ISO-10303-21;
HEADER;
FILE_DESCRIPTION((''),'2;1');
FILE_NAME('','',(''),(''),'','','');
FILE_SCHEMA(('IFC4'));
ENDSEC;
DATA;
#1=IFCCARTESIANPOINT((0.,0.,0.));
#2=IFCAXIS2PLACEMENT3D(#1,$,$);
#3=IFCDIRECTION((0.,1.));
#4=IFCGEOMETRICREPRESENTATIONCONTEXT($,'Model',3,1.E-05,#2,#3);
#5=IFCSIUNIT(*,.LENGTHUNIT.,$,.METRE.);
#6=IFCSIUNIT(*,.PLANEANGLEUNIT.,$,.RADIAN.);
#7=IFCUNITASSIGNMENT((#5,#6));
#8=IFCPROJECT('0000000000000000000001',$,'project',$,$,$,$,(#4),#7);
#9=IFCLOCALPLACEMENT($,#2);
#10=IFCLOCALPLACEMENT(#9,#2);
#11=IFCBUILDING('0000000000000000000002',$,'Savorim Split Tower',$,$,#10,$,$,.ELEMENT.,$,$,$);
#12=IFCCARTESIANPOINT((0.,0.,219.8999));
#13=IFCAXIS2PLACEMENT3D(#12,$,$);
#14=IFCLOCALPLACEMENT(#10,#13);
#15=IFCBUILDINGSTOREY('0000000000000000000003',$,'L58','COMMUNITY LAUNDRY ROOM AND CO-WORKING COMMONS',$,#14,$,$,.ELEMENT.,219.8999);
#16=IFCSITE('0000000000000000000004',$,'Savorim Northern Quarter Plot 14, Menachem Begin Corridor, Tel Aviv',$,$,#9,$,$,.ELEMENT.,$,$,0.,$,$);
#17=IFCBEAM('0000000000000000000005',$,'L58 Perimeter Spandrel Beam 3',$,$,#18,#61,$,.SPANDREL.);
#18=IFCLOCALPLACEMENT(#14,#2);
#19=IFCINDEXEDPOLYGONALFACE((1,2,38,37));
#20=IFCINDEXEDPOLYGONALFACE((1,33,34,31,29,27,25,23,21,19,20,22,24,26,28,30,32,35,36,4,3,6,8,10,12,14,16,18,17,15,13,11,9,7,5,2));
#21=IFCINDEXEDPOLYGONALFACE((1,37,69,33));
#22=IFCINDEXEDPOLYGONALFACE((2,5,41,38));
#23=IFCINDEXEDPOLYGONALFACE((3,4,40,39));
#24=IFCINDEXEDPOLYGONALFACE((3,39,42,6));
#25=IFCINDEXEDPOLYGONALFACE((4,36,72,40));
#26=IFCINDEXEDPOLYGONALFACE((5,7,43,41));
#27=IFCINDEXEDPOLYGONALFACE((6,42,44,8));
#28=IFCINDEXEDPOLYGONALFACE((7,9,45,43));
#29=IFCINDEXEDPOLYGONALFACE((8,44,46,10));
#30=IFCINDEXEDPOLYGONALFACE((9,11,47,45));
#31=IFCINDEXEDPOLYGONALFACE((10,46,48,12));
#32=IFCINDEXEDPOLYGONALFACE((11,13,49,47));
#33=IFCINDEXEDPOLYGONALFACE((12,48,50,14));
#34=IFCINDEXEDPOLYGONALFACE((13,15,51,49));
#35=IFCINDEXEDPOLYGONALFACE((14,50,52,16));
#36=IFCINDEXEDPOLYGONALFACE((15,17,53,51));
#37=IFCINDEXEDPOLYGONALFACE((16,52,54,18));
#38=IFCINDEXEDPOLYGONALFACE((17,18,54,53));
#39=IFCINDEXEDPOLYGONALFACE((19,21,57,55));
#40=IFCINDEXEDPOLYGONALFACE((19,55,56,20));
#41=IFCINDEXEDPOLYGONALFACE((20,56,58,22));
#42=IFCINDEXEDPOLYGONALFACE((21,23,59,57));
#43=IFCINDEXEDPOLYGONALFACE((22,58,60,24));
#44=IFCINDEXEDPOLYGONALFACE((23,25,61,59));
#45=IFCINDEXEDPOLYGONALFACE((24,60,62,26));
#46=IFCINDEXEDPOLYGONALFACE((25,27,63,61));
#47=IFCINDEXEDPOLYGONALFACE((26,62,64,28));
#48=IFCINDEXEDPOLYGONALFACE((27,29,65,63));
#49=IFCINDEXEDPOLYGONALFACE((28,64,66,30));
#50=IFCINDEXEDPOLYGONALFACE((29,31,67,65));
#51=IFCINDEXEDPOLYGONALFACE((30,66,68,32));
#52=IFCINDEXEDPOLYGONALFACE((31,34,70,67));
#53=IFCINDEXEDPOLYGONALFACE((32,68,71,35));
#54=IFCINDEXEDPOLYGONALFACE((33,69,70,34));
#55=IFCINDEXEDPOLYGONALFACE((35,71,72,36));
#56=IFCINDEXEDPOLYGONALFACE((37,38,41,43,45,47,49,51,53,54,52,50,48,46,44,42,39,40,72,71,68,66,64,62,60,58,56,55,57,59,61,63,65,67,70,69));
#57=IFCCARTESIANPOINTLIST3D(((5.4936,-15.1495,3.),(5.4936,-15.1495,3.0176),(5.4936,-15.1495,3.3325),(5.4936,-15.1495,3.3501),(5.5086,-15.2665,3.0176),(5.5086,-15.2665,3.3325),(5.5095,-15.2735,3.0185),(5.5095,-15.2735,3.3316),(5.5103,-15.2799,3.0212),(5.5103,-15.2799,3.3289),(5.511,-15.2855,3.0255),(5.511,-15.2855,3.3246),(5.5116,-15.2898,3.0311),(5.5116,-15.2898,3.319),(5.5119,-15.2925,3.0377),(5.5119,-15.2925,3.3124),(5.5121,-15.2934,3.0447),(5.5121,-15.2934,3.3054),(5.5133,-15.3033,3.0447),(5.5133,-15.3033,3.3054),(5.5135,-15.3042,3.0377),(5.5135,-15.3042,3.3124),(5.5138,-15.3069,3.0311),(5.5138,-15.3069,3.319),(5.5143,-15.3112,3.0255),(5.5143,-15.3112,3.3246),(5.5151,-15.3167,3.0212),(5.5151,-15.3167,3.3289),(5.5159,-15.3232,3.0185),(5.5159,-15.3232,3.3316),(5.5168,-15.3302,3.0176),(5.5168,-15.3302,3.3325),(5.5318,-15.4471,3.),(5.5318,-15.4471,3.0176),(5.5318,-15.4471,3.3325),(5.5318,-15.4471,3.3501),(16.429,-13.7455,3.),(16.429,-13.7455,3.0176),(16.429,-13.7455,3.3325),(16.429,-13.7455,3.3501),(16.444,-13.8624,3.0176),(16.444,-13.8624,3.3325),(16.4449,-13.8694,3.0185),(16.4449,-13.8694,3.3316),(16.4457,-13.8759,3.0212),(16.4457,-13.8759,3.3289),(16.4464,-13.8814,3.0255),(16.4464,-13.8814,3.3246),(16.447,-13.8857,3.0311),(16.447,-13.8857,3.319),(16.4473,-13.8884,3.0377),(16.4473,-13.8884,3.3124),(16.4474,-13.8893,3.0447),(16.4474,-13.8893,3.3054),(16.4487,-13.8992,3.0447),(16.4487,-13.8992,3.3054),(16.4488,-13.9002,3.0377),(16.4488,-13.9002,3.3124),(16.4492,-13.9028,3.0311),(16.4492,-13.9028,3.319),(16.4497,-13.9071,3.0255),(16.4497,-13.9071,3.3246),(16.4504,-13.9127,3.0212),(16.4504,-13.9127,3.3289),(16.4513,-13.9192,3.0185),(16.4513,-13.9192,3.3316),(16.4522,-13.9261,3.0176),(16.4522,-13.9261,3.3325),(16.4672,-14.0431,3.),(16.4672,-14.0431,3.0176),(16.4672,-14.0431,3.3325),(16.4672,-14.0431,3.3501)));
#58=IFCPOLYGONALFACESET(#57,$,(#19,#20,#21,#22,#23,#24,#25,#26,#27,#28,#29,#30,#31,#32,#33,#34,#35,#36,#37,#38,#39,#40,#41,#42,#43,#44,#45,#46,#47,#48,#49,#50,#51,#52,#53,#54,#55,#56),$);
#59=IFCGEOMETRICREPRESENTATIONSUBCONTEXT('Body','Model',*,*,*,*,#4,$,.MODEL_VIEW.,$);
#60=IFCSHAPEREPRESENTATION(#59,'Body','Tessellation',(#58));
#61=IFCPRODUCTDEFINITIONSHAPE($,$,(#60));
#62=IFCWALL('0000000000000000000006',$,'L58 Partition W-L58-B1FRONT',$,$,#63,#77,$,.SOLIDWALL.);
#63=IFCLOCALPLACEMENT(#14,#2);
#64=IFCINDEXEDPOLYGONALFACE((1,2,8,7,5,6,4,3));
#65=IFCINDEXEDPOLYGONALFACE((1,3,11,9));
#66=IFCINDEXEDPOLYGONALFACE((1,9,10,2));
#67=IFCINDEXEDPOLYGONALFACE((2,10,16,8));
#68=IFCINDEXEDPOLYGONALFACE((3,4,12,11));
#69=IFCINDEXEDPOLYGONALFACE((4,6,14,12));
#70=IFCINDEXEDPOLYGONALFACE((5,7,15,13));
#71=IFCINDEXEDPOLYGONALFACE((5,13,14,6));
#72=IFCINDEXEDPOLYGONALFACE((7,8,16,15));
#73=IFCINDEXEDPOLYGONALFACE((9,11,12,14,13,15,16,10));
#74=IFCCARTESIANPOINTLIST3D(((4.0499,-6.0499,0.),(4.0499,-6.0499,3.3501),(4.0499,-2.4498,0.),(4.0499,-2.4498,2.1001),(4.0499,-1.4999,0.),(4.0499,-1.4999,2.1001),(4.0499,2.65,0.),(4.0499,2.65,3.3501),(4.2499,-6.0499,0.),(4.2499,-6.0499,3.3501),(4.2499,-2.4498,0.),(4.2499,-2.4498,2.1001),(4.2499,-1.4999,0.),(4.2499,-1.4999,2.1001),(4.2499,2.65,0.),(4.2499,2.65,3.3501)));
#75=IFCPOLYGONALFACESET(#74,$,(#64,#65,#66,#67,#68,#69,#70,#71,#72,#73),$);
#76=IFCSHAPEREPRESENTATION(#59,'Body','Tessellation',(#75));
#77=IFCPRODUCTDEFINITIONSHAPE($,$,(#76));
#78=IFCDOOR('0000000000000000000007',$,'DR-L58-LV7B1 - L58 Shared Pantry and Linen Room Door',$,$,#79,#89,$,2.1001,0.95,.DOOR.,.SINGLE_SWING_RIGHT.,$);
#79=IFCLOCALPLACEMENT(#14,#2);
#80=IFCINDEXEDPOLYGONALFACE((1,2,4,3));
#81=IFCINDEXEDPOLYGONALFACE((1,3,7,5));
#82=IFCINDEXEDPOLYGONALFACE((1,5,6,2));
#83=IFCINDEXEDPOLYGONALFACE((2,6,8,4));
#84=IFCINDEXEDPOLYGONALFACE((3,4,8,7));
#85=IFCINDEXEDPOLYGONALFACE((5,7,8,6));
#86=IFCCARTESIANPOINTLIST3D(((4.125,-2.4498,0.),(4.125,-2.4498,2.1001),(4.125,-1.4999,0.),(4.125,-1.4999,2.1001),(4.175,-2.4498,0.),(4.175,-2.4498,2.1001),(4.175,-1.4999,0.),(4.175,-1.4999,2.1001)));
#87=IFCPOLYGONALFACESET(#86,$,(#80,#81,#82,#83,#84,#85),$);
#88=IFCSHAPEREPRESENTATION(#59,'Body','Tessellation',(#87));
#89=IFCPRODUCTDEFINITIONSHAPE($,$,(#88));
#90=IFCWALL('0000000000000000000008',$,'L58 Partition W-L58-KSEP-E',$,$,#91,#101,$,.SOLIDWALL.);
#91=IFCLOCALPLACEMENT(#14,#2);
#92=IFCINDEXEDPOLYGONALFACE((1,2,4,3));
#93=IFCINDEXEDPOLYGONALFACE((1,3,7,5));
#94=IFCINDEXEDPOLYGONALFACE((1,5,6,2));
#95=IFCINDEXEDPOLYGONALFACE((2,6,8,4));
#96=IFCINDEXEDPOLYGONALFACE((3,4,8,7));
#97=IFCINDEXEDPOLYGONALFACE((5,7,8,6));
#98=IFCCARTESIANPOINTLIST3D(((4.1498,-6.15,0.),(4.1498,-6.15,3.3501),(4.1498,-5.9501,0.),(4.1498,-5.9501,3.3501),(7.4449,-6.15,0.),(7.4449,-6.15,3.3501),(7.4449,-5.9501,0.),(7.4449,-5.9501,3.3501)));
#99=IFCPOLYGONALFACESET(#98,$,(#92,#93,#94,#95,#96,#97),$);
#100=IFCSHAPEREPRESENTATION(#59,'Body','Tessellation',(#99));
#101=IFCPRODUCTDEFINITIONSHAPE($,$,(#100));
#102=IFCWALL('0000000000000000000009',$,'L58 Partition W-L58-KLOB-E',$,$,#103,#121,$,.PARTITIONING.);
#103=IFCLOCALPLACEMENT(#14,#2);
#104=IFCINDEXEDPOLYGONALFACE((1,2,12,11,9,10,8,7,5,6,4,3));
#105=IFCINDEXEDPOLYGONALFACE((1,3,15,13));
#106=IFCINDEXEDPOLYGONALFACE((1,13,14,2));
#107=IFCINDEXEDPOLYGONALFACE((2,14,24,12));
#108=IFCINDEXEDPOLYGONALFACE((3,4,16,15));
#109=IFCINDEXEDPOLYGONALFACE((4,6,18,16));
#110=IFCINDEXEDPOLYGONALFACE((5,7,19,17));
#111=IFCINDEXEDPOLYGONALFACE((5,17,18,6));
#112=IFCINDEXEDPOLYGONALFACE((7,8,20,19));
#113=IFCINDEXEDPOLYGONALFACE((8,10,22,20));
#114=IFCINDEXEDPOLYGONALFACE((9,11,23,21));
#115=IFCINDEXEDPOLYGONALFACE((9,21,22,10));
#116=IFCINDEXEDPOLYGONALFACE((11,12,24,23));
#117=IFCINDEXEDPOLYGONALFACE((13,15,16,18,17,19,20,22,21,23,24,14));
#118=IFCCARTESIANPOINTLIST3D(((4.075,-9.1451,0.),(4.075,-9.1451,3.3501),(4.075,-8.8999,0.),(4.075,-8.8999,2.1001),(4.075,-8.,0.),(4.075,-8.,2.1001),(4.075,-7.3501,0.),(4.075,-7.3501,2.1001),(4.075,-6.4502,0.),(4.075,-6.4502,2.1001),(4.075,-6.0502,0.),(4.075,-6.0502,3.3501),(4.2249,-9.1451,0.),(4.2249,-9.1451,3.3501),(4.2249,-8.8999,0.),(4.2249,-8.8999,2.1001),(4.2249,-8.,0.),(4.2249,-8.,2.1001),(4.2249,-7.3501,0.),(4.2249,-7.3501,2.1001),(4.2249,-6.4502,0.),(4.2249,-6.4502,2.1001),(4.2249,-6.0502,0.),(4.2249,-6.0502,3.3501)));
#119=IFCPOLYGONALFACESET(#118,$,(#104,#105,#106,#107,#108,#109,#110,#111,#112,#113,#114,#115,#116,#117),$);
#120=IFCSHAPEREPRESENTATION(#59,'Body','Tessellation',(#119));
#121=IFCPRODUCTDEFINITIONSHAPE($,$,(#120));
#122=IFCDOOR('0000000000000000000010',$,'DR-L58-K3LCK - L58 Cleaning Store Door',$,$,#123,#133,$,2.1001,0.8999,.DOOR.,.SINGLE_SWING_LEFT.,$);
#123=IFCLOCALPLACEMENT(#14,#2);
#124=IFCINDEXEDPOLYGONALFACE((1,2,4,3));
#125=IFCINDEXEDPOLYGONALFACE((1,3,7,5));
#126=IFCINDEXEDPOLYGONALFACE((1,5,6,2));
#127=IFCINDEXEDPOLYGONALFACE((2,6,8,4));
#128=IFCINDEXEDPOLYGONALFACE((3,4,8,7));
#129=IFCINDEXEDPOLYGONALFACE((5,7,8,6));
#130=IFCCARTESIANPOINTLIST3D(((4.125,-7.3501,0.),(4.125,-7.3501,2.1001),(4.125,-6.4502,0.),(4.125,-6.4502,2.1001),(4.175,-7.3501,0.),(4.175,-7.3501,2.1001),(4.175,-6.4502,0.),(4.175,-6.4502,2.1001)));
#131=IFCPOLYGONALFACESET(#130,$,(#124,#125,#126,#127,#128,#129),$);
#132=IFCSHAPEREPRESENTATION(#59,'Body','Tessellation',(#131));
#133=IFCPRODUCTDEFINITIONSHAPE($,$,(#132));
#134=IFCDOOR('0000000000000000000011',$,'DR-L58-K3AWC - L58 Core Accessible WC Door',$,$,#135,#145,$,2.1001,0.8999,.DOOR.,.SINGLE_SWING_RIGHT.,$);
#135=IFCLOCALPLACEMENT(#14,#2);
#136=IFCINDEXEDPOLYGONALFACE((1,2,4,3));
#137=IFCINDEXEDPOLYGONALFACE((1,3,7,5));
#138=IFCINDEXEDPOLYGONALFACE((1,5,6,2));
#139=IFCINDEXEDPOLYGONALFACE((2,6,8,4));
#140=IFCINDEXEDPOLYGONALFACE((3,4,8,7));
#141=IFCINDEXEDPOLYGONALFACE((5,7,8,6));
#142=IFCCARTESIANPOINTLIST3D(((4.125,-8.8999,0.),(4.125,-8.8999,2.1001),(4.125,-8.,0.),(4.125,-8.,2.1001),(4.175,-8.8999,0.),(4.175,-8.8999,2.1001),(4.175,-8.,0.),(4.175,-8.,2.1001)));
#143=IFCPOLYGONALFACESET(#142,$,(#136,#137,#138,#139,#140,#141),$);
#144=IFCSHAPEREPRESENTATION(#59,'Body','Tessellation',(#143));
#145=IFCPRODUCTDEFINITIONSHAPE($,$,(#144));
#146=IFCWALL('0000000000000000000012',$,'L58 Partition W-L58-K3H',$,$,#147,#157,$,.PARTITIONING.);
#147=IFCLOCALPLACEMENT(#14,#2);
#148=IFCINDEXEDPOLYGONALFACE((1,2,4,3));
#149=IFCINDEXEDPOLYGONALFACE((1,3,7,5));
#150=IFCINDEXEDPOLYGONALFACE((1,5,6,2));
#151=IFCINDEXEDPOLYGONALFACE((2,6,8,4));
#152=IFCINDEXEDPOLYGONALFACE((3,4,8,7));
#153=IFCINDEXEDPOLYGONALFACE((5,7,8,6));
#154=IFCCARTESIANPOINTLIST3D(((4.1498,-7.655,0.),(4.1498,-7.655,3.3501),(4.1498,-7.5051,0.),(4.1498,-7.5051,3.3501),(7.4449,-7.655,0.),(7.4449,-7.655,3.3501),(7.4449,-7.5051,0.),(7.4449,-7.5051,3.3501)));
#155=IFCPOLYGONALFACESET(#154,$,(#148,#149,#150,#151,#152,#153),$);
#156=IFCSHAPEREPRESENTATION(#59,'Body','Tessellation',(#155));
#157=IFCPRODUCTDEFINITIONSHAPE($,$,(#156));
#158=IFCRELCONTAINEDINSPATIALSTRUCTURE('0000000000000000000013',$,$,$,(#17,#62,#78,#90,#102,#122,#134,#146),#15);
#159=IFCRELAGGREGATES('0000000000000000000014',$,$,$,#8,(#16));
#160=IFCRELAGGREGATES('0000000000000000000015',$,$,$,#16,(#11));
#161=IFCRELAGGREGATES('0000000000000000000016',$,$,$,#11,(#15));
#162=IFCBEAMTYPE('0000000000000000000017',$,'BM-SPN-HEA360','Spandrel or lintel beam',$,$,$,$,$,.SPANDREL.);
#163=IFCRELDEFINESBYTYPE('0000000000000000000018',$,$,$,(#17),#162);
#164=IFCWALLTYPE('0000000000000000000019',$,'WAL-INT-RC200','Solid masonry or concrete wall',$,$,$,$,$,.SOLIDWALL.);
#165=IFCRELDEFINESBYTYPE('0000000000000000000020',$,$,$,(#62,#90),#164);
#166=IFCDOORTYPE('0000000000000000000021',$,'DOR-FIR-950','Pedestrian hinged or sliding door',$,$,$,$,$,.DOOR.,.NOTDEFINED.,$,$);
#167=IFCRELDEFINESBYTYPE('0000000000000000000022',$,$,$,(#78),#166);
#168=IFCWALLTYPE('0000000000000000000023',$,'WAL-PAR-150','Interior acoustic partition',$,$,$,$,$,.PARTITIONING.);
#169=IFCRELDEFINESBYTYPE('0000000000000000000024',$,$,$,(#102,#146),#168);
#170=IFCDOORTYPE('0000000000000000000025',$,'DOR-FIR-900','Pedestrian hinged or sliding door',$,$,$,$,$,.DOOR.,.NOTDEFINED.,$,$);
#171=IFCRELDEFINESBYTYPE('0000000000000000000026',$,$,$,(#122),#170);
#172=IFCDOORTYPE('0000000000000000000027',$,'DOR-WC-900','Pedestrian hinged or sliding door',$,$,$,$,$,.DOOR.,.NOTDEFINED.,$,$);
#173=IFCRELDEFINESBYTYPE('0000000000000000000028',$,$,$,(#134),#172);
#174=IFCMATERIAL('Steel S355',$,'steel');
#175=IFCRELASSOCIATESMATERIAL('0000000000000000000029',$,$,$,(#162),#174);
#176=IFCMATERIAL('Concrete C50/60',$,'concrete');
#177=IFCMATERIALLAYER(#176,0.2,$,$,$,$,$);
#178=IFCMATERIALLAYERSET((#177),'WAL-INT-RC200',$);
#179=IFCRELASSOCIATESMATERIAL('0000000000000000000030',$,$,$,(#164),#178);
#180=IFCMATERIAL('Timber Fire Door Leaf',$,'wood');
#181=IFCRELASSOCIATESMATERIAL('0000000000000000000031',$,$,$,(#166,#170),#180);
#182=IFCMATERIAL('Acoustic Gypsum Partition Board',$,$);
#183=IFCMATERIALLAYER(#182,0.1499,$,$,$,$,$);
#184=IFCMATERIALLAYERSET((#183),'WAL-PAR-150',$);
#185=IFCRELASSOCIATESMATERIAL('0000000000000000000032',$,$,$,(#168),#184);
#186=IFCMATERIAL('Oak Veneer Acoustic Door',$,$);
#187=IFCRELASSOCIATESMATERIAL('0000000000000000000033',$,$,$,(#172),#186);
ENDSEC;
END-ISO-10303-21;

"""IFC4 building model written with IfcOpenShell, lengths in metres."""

from ifc_helpers import new_model, si_unit, direction, frame, frame_2d, origin, origin_2d, place, context, subcontext, project, spatial, rectangle, i_section, extrude, material, layer, layer_set, material_profile, profile_set, type_object, element, fill, save


model = new_model("IFC4")

# Units and contexts
model_context = context("Model", 3, precision=1e-05, world=origin(), true_north=direction((0.0, 1.0)))
body_context = subcontext(model_context, "Body", "Model", "MODEL_VIEW")
ifc_project = project(units=[si_unit("LENGTHUNIT", "METRE"), si_unit("PLANEANGLEUNIT", "RADIAN")], contexts=[model_context])

# Site, building, storey
site_placement = place(None, origin())
site = spatial("IfcSite", under=ifc_project, at=site_placement, Name="Savorim Northern Quarter Plot 14, Menachem Begin Corridor, Tel Aviv", CompositionType="ELEMENT", RefElevation=0.0)
building_placement = place(site_placement, origin())
building = spatial("IfcBuilding", under=site, at=building_placement, Name="Savorim Split Tower", CompositionType="ELEMENT")
storey_placement = place(building_placement, frame((0.0, 0.0, 219.8999)))
storey = spatial("IfcBuildingStorey", under=building, at=storey_placement, Name="L58", Description="COMMUNITY LAUNDRY ROOM AND CO-WORKING COMMONS", CompositionType="ELEMENT", Elevation=219.8999)

# Shared definitions
ifc_material_1 = material(Name="Steel S355", Category="steel")

# Beam
ifc_material_profile_1 = material_profile(ifc_material_1, i_section(OverallWidth=0.3, OverallDepth=0.3501, WebThickness=0.01, FlangeThickness=0.0176, FilletRadius=0.0271, at=origin_2d()), Name="HEA 360")
ifc_profile_set_1 = profile_set([ifc_material_profile_1], Name="Steel S355")
beam_type_1 = type_object("IfcBeamType", Name="BM-SPN-HEA360", Description="Spandrel or lintel beam", PredefinedType="SPANDREL", material=ifc_profile_set_1)
beam_1_placement = place(storey_placement, frame((5.5127, -15.2983, 3.175), z_axis=(0.991858, 0.127351, 0.0), x_axis=(-0.127351, 0.991858, 0.0)))
element("IfcBeam", 1, at=beam_1_placement, inside=storey, type_object=beam_type_1, Name="L58 Perimeter Spandrel Beam 3", PredefinedType="SPANDREL", context=body_context, shape_type="SweptSolid", body=[
    extrude(i_section(OverallWidth=0.3, OverallDepth=0.3501, WebThickness=0.01, FlangeThickness=0.0176, FilletRadius=0.0271, at=origin_2d()), origin(), (0.0, 0.0, 1.0), 11.0251),
])

# Wall, opening, door
ifc_material_2 = material(Name="Concrete C50/60", Category="concrete")
ifc_layer_1 = layer(ifc_material_2, 0.2)
ifc_layer_set_1 = layer_set([ifc_layer_1], Name="WAL-INT-RC200")
wall_type_1 = type_object("IfcWallType", Name="WAL-INT-RC200", Description="Solid masonry or concrete wall", PredefinedType="SOLIDWALL", material=ifc_layer_set_1)
wall_1_placement = place(storey_placement, frame((4.1499, -6.05, 0.0), z_axis=(0.0, 0.0, 1.0), x_axis=(0.0, 1.0, 0.0)))
wall_1 = element("IfcWall", 2, at=wall_1_placement, inside=storey, type_object=wall_type_1, Name="L58 Partition W-L58-B1FRONT", PredefinedType="SOLIDWALL", context=body_context, shape_type="SweptSolid", body=[
    extrude(rectangle(XDim=8.7, YDim=0.2, at=frame_2d((4.3501, 0.0))), origin(), (0.0, 0.0, 1.0), 3.3501),
])
opening_1_placement = place(wall_1_placement, frame((3.6001, 0.0, 0.0)))
opening_1 = element("IfcOpeningElement", 3, at=opening_1_placement, cuts=wall_1, PredefinedType="OPENING", context=body_context, shape_type="SweptSolid", body=[
    extrude(rectangle(XDim=0.95, YDim=2.1001, at=frame_2d((0.4751, 1.05))), frame((0.0, 0.1099, 0.0), z_axis=(0.0, -1.0, 0.0), x_axis=(1.0, 0.0, 0.0)), (0.0, 0.0, 1.0), 0.22),
])
ifc_material_3 = material(Name="Timber Fire Door Leaf", Category="wood")
door_type_1 = type_object("IfcDoorType", Name="DOR-FIR-950", Description="Pedestrian hinged or sliding door", OperationType="NOTDEFINED", PredefinedType="DOOR", material=ifc_material_3)
door_1_placement = place(opening_1_placement, origin())
door_1 = element("IfcDoor", 4, at=door_1_placement, inside=storey, type_object=door_type_1, Name="DR-L58-LV7B1 - L58 Shared Pantry and Linen Room Door", OperationType="SINGLE_SWING_RIGHT", OverallHeight=2.1001, OverallWidth=0.95, PredefinedType="DOOR", context=body_context, shape_type="SweptSolid", body=[
    extrude(rectangle(XDim=0.95, YDim=2.1001, at=frame_2d((0.4751, 1.05))), frame((0.0, 0.0249, 0.0), z_axis=(0.0, -1.0, 0.0), x_axis=(1.0, 0.0, 0.0)), (0.0, 0.0, 1.0), 0.05),
])
fill(opening_1, door_1)

# Wall
wall_2_placement = place(storey_placement, frame((4.1499, -6.05, 0.0), z_axis=(0.0, 0.0, 1.0), x_axis=(1.0, 0.0, 0.0)))
element("IfcWall", 5, at=wall_2_placement, inside=storey, type_object=wall_type_1, Name="L58 Partition W-L58-KSEP-E", PredefinedType="SOLIDWALL", context=body_context, shape_type="SweptSolid", body=[
    extrude(rectangle(XDim=3.2952, YDim=0.2, at=frame_2d((1.6475, 0.0))), origin(), (0.0, 0.0, 1.0), 3.3501),
])

# Wall, openings, doors
ifc_material_4 = material(Name="Acoustic Gypsum Partition Board")
ifc_layer_2 = layer(ifc_material_4, 0.1499)
ifc_layer_set_2 = layer_set([ifc_layer_2], Name="WAL-PAR-150")
wall_type_2 = type_object("IfcWallType", Name="WAL-PAR-150", Description="Interior acoustic partition", PredefinedType="PARTITIONING", material=ifc_layer_set_2)
wall_3_placement = place(storey_placement, frame((4.1499, -9.145, 0.0), z_axis=(0.0, 0.0, 1.0), x_axis=(0.0, 1.0, 0.0)))
wall_3 = element("IfcWall", 6, at=wall_3_placement, inside=storey, type_object=wall_type_2, Name="L58 Partition W-L58-KLOB-E", PredefinedType="PARTITIONING", context=body_context, shape_type="SweptSolid", body=[
    extrude(rectangle(XDim=3.095, YDim=0.1499, at=frame_2d((1.5474, 0.0))), origin(), (0.0, 0.0, 1.0), 3.3501),
])
opening_2_placement = place(wall_3_placement, frame((0.2451, 0.0, 0.0)))
opening_2 = element("IfcOpeningElement", 7, at=opening_2_placement, cuts=wall_3, PredefinedType="OPENING", context=body_context, shape_type="SweptSolid", body=[
    extrude(rectangle(XDim=0.8999, YDim=2.1001, at=frame_2d((0.45, 1.05))), frame((0.0, 0.085, 0.0), z_axis=(0.0, -1.0, 0.0), x_axis=(1.0, 0.0, 0.0)), (0.0, 0.0, 1.0), 0.1699),
])
opening_3_placement = place(wall_3_placement, frame((1.7949, 0.0, 0.0)))
opening_3 = element("IfcOpeningElement", 8, at=opening_3_placement, cuts=wall_3, PredefinedType="OPENING", context=body_context, shape_type="SweptSolid", body=[
    extrude(rectangle(XDim=0.8999, YDim=2.1001, at=frame_2d((0.45, 1.05))), frame((0.0, 0.085, 0.0), z_axis=(0.0, -1.0, 0.0), x_axis=(1.0, 0.0, 0.0)), (0.0, 0.0, 1.0), 0.1699),
])
door_type_2 = type_object("IfcDoorType", Name="DOR-FIR-900", Description="Pedestrian hinged or sliding door", OperationType="NOTDEFINED", PredefinedType="DOOR", material=ifc_material_3)
door_2_placement = place(opening_3_placement, origin())
door_2 = element("IfcDoor", 9, at=door_2_placement, inside=storey, type_object=door_type_2, Name="DR-L58-K3LCK - L58 Cleaning Store Door", OperationType="SINGLE_SWING_LEFT", OverallHeight=2.1001, OverallWidth=0.8999, PredefinedType="DOOR", context=body_context, shape_type="SweptSolid", body=[
    extrude(rectangle(XDim=0.8999, YDim=2.1001, at=frame_2d((0.45, 1.05))), frame((0.0, 0.0249, 0.0), z_axis=(0.0, -1.0, 0.0), x_axis=(1.0, 0.0, 0.0)), (0.0, 0.0, 1.0), 0.05),
])
fill(opening_3, door_2)
ifc_material_5 = material(Name="Oak Veneer Acoustic Door")
door_type_3 = type_object("IfcDoorType", Name="DOR-WC-900", Description="Pedestrian hinged or sliding door", OperationType="NOTDEFINED", PredefinedType="DOOR", material=ifc_material_5)
door_3_placement = place(opening_2_placement, origin())
door_3 = element("IfcDoor", 10, at=door_3_placement, inside=storey, type_object=door_type_3, Name="DR-L58-K3AWC - L58 Core Accessible WC Door", OperationType="SINGLE_SWING_RIGHT", OverallHeight=2.1001, OverallWidth=0.8999, PredefinedType="DOOR", context=body_context, shape_type="SweptSolid", body=[
    extrude(rectangle(XDim=0.8999, YDim=2.1001, at=frame_2d((0.45, 1.05))), frame((0.0, 0.0249, 0.0), z_axis=(0.0, -1.0, 0.0), x_axis=(1.0, 0.0, 0.0)), (0.0, 0.0, 1.0), 0.05),
])
fill(opening_2, door_3)

# Wall
wall_4_placement = place(storey_placement, frame((4.1499, -7.5801, 0.0), z_axis=(0.0, 0.0, 1.0), x_axis=(1.0, 0.0, 0.0)))
element("IfcWall", 11, at=wall_4_placement, inside=storey, type_object=wall_type_2, Name="L58 Partition W-L58-K3H", PredefinedType="PARTITIONING", context=body_context, shape_type="SweptSolid", body=[
    extrude(rectangle(XDim=3.2952, YDim=0.1499, at=frame_2d((1.6475, 0.0))), origin(), (0.0, 0.0, 1.0), 3.3501),
])

save(model, "model.ifc")
